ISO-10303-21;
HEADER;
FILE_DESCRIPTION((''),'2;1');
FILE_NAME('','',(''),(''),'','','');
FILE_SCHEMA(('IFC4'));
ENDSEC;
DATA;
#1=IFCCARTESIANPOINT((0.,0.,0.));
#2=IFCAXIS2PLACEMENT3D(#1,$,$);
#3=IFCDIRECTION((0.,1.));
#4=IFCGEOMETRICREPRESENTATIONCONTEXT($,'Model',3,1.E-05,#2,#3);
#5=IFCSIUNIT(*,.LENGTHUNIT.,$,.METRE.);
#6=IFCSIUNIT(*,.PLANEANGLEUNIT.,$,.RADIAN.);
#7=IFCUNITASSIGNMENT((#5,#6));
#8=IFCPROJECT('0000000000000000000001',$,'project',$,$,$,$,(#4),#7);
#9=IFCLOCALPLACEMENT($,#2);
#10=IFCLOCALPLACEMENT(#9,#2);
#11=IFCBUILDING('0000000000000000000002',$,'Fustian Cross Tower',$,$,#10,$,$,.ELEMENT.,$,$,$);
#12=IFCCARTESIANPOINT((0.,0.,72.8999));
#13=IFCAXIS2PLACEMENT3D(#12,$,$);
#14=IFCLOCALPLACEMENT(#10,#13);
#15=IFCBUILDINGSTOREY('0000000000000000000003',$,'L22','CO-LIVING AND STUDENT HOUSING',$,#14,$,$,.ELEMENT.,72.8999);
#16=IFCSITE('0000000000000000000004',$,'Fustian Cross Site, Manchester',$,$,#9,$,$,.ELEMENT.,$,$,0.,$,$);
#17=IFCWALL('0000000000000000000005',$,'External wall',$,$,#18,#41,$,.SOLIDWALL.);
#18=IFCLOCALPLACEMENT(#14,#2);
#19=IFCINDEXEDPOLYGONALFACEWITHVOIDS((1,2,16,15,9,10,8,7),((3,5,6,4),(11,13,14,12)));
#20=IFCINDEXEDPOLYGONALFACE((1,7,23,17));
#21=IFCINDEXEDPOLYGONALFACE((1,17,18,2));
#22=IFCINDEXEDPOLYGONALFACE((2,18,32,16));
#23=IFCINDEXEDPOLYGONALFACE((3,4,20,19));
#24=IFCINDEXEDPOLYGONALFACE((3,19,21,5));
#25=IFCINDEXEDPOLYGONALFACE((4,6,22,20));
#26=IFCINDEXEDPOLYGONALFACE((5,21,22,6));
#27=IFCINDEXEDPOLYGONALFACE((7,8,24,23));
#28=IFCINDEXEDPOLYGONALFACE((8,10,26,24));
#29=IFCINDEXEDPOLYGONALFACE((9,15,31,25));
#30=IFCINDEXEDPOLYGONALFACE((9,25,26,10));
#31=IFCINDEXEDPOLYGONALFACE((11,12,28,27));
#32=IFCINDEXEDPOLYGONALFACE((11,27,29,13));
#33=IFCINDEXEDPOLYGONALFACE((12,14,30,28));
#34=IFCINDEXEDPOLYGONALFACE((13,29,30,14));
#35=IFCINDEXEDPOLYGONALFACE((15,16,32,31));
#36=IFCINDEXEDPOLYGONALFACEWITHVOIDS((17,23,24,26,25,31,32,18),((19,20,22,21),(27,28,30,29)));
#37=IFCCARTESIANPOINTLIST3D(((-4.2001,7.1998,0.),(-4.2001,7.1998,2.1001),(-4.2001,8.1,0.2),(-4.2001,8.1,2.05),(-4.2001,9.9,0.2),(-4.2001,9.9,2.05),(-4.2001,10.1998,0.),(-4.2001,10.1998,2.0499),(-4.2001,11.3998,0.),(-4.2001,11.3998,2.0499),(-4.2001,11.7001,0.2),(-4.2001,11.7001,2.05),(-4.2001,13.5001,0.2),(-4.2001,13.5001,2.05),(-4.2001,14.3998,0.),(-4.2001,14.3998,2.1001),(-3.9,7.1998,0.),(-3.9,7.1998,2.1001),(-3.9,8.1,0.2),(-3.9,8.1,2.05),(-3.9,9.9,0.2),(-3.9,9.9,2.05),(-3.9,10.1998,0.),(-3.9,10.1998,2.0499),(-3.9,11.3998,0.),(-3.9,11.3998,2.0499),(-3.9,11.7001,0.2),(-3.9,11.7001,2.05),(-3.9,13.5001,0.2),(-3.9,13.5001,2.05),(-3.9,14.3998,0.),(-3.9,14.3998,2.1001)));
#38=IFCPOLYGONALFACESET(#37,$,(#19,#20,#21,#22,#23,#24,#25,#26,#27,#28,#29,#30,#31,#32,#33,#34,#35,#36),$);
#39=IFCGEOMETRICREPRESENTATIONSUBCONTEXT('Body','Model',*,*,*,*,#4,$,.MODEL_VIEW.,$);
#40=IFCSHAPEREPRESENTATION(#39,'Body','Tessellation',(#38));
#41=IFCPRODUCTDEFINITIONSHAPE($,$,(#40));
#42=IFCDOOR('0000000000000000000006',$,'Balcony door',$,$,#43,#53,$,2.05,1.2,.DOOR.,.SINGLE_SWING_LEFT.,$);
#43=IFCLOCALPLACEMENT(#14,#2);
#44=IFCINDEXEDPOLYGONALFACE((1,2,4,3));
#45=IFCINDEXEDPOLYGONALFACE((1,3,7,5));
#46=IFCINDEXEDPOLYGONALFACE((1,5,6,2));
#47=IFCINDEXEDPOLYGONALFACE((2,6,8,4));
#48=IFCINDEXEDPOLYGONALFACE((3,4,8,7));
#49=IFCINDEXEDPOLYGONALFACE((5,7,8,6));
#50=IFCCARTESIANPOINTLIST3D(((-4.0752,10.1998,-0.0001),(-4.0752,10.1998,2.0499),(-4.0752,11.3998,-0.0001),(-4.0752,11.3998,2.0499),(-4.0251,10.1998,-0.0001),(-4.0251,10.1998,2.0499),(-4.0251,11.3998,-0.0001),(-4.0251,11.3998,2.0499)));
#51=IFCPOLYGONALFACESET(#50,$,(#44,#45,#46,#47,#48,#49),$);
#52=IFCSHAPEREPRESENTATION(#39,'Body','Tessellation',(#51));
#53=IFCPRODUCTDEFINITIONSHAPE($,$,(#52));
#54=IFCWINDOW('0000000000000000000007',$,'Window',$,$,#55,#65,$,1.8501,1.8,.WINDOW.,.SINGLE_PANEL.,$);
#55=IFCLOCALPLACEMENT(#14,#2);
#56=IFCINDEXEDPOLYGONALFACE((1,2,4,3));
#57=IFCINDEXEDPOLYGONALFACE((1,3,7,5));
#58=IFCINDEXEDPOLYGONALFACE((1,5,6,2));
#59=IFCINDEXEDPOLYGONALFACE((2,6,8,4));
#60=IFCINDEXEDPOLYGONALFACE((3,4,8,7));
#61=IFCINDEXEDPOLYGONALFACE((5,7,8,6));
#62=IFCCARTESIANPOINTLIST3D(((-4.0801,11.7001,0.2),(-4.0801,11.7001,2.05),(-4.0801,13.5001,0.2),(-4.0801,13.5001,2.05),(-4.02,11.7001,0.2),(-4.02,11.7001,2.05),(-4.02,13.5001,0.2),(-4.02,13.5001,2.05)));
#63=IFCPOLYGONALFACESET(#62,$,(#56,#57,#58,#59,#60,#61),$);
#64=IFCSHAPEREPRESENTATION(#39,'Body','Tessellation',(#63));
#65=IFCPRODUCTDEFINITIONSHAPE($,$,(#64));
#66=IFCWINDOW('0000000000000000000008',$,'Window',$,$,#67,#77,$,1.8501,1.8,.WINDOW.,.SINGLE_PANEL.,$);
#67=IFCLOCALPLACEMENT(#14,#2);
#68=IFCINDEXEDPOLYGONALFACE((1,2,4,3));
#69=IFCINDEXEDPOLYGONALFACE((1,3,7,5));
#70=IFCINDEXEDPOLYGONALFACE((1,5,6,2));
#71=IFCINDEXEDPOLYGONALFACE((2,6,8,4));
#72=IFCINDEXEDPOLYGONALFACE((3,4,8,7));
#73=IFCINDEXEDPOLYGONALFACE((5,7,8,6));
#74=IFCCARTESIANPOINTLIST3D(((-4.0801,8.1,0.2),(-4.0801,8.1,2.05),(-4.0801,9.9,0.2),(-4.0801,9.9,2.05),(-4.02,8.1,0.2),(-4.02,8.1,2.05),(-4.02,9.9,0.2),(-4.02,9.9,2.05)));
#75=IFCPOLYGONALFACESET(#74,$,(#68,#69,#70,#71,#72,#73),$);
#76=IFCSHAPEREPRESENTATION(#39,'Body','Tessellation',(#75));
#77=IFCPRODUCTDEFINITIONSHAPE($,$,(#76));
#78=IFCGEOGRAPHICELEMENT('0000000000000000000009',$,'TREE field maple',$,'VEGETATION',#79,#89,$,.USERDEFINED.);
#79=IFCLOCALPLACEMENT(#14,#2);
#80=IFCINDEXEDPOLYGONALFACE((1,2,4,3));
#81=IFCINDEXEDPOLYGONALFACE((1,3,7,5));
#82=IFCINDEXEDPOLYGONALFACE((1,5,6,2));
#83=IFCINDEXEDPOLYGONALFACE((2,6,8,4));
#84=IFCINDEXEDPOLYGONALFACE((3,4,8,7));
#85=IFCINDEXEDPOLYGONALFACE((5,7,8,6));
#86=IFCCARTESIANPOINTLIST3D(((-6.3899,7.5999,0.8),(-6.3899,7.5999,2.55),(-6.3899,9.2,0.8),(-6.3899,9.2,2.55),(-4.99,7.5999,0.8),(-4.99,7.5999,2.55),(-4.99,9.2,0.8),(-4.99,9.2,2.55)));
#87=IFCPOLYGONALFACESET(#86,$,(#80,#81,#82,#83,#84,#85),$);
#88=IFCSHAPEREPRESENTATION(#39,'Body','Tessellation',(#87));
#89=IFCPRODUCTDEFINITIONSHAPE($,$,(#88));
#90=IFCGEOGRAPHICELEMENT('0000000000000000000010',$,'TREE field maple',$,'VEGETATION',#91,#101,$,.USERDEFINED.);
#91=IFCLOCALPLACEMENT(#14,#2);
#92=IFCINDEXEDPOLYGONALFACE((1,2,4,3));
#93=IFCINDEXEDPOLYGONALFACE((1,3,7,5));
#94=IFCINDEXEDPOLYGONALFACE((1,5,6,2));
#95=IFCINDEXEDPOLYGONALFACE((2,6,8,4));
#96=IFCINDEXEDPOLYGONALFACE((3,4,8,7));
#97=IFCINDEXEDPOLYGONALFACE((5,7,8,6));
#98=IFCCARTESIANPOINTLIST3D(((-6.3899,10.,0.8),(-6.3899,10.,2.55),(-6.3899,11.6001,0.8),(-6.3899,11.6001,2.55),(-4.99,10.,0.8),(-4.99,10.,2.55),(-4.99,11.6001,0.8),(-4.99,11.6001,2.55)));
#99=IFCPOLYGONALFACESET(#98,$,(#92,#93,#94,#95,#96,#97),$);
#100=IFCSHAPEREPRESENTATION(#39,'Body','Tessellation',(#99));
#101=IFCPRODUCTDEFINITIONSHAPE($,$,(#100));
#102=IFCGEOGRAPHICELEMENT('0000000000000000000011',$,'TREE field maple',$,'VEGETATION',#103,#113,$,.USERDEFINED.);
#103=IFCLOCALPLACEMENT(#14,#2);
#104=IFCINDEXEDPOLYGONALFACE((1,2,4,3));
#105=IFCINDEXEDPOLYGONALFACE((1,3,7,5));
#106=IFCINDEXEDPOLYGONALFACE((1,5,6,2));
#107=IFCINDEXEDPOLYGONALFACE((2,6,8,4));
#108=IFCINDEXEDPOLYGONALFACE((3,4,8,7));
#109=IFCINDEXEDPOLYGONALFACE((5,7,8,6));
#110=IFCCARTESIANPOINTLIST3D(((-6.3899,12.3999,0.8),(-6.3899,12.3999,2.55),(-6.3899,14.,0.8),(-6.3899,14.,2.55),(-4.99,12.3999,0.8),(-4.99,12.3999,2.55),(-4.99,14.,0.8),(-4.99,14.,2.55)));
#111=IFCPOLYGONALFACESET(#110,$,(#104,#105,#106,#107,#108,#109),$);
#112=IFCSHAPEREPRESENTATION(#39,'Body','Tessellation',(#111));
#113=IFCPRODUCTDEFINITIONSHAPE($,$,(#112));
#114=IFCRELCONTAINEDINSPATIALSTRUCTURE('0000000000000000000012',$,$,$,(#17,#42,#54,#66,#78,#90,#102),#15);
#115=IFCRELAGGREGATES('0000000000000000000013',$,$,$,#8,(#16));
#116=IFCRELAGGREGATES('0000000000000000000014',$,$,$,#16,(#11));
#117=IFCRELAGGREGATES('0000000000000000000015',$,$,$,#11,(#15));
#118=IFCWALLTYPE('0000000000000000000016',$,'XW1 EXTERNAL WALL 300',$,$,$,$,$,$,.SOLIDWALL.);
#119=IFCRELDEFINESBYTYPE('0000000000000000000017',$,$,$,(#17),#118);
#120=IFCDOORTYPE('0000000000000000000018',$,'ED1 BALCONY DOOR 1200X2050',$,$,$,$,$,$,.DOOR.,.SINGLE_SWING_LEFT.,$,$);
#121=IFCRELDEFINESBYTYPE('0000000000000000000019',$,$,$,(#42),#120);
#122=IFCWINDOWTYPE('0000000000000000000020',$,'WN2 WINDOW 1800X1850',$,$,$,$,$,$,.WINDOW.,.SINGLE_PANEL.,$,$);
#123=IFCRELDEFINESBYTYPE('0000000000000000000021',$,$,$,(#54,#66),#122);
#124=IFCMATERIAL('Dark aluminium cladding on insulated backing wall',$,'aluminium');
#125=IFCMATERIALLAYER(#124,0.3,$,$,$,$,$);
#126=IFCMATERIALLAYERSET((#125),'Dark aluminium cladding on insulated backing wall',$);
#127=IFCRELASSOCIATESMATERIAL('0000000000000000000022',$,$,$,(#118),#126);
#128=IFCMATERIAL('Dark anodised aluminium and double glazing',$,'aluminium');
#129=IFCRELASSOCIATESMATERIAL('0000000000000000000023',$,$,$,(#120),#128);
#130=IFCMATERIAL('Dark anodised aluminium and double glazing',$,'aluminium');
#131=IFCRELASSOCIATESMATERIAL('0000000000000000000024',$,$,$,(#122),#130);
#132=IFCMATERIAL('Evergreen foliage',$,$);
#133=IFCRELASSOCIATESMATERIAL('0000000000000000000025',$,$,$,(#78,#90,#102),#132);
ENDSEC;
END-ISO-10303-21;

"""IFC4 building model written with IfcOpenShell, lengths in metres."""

from ifc_helpers import new_model, si_unit, direction, frame, frame_2d, origin, origin_2d, place, context, subcontext, project, spatial, rectangle, extrude, material, layer, layer_set, type_object, element, fill, save


model = new_model("IFC4")

# Units and contexts
model_context = context("Model", 3, precision=1e-05, world=origin(), true_north=direction((0.0, 1.0)))
body_context = subcontext(model_context, "Body", "Model", "MODEL_VIEW")
ifc_project = project(units=[si_unit("LENGTHUNIT", "METRE"), si_unit("PLANEANGLEUNIT", "RADIAN")], contexts=[model_context])

# Site, building, storey
site_placement = place(None, origin())
site = spatial("IfcSite", under=ifc_project, at=site_placement, Name="Fustian Cross Site, Manchester", CompositionType="ELEMENT", RefElevation=0.0)
building_placement = place(site_placement, origin())
building = spatial("IfcBuilding", under=site, at=building_placement, Name="Fustian Cross Tower", CompositionType="ELEMENT")
storey_placement = place(building_placement, frame((0.0, 0.0, 72.8999)))
storey = spatial("IfcBuildingStorey", under=building, at=storey_placement, Name="L22", Description="CO-LIVING AND STUDENT HOUSING", CompositionType="ELEMENT", Elevation=72.8999)

# Shared definitions
ifc_material_1 = material(Name="Dark aluminium cladding on insulated backing wall", Category="aluminium")
ifc_layer_1 = layer(ifc_material_1, 0.3)
ifc_layer_set_1 = layer_set([ifc_layer_1], Name="Dark aluminium cladding on insulated backing wall")
wall_type_1 = type_object("IfcWallType", Name="XW1 EXTERNAL WALL 300", PredefinedType="SOLIDWALL", material=ifc_layer_set_1)

# Wall, openings, door, windows
wall_1_placement = place(storey_placement, frame((-4.05, 14.3999, 0.0), z_axis=(0.0, 0.0, 1.0), x_axis=(0.0, -1.0, 0.0)))
wall_1 = element("IfcWall", 1, at=wall_1_placement, inside=storey, type_object=wall_type_1, Name="External wall", PredefinedType="SOLIDWALL", context=body_context, shape_type="SweptSolid", body=[
    extrude(rectangle(XDim=7.2, YDim=0.3, at=frame_2d((3.6001, 0.0))), origin(), (0.0, 0.0, 1.0), 2.1001),
])
opening_1_placement = place(wall_1_placement, frame((3.0, 0.0, 0.0)))
opening_1 = element("IfcOpeningElement", 2, at=opening_1_placement, cuts=wall_1, PredefinedType="OPENING", context=body_context, shape_type="SweptSolid", body=[
    extrude(rectangle(XDim=1.2, YDim=2.05, at=frame_2d((0.6001, 1.0249))), frame((0.0, 0.1599, 0.0), z_axis=(0.0, -1.0, 0.0), x_axis=(1.0, 0.0, 0.0)), (0.0, 0.0, 1.0), 0.3201),
])
opening_2_placement = place(wall_1_placement, frame((0.8999, 0.0, 0.2)))
opening_2 = element("IfcOpeningElement", 3, at=opening_2_placement, cuts=wall_1, PredefinedType="OPENING", context=body_context, shape_type="SweptSolid", body=[
    extrude(rectangle(XDim=1.8, YDim=1.8501, at=frame_2d((0.8999, 0.925))), frame((0.0, 0.1599, 0.0), z_axis=(0.0, -1.0, 0.0), x_axis=(1.0, 0.0, 0.0)), (0.0, 0.0, 1.0), 0.3201),
])
opening_3_placement = place(wall_1_placement, frame((4.5, 0.0, 0.2)))
opening_3 = element("IfcOpeningElement", 4, at=opening_3_placement, cuts=wall_1, PredefinedType="OPENING", context=body_context, shape_type="SweptSolid", body=[
    extrude(rectangle(XDim=1.8, YDim=1.8501, at=frame_2d((0.8999, 0.925))), frame((0.0, 0.1599, 0.0), z_axis=(0.0, -1.0, 0.0), x_axis=(1.0, 0.0, 0.0)), (0.0, 0.0, 1.0), 0.3201),
])
ifc_material_2 = material(Name="Dark anodised aluminium and double glazing", Category="aluminium")
door_type_1 = type_object("IfcDoorType", Name="ED1 BALCONY DOOR 1200X2050", OperationType="SINGLE_SWING_LEFT", PredefinedType="DOOR", material=ifc_material_2)
door_1_placement = place(opening_1_placement, origin())
door_1 = element("IfcDoor", 5, at=door_1_placement, inside=storey, type_object=door_type_1, Name="Balcony door", OperationType="SINGLE_SWING_LEFT", OverallHeight=2.05, OverallWidth=1.2, PredefinedType="DOOR", context=body_context, shape_type="SweptSolid", body=[
    extrude(rectangle(XDim=1.2, YDim=2.05, at=frame_2d((0.6001, 1.0249))), frame((0.0, 0.0249, 0.0), z_axis=(0.0, -1.0, 0.0), x_axis=(1.0, 0.0, 0.0)), (0.0, 0.0, 1.0), 0.05),
])
fill(opening_1, door_1)
ifc_material_3 = material(Name="Dark anodised aluminium and double glazing", Category="aluminium")
window_type_1 = type_object("IfcWindowType", Name="WN2 WINDOW 1800X1850", PartitioningType="SINGLE_PANEL", PredefinedType="WINDOW", material=ifc_material_3)
window_1_placement = place(opening_2_placement, origin())
window_1 = element("IfcWindow", 6, at=window_1_placement, inside=storey, type_object=window_type_1, Name="Window", OverallHeight=1.8501, OverallWidth=1.8, PartitioningType="SINGLE_PANEL", PredefinedType="WINDOW", context=body_context, shape_type="SweptSolid", body=[
    extrude(rectangle(XDim=1.8, YDim=1.8501, at=frame_2d((0.8999, 0.925))), frame((0.0, 0.03, 0.0), z_axis=(0.0, -1.0, 0.0), x_axis=(1.0, 0.0, 0.0)), (0.0, 0.0, 1.0), 0.0601),
])
fill(opening_2, window_1)
window_2_placement = place(opening_3_placement, origin())
window_2 = element("IfcWindow", 7, at=window_2_placement, inside=storey, type_object=window_type_1, Name="Window", OverallHeight=1.8501, OverallWidth=1.8, PartitioningType="SINGLE_PANEL", PredefinedType="WINDOW", context=body_context, shape_type="SweptSolid", body=[
    extrude(rectangle(XDim=1.8, YDim=1.8501, at=frame_2d((0.8999, 0.925))), frame((0.0, 0.03, 0.0), z_axis=(0.0, -1.0, 0.0), x_axis=(1.0, 0.0, 0.0)), (0.0, 0.0, 1.0), 0.0601),
])
fill(opening_3, window_2)

# Geographic elements
ifc_material_4 = material(Name="Evergreen foliage")
for number, where, z_axis, x_axis, name in (
    (8, (-5.6899, 8.3999, 0.8), (0.0, 0.0, 1.0), (1.0, 0.0, 0.0), "TREE field maple"),
    (9, (-5.6899, 10.8, 0.8), (0.0, 0.0, 1.0), (1.0, 0.0, 0.0), "TREE field maple"),
    (10, (-5.6899, 13.2, 0.8), (0.0, 0.0, 1.0), (1.0, 0.0, 0.0), "TREE field maple"),
):
    element("IfcGeographicElement", number, at=place(storey_placement, frame(where, z_axis=z_axis, x_axis=x_axis)), inside=storey, material=ifc_material_4, Name=name, ObjectType="VEGETATION", PredefinedType="USERDEFINED", context=body_context, shape_type="SweptSolid", body=[
        extrude(rectangle(XDim=1.3999, YDim=1.6001, at=origin_2d()), origin(), (0.0, 0.0, 1.0), 1.75),
    ])

save(model, "model.ifc")
